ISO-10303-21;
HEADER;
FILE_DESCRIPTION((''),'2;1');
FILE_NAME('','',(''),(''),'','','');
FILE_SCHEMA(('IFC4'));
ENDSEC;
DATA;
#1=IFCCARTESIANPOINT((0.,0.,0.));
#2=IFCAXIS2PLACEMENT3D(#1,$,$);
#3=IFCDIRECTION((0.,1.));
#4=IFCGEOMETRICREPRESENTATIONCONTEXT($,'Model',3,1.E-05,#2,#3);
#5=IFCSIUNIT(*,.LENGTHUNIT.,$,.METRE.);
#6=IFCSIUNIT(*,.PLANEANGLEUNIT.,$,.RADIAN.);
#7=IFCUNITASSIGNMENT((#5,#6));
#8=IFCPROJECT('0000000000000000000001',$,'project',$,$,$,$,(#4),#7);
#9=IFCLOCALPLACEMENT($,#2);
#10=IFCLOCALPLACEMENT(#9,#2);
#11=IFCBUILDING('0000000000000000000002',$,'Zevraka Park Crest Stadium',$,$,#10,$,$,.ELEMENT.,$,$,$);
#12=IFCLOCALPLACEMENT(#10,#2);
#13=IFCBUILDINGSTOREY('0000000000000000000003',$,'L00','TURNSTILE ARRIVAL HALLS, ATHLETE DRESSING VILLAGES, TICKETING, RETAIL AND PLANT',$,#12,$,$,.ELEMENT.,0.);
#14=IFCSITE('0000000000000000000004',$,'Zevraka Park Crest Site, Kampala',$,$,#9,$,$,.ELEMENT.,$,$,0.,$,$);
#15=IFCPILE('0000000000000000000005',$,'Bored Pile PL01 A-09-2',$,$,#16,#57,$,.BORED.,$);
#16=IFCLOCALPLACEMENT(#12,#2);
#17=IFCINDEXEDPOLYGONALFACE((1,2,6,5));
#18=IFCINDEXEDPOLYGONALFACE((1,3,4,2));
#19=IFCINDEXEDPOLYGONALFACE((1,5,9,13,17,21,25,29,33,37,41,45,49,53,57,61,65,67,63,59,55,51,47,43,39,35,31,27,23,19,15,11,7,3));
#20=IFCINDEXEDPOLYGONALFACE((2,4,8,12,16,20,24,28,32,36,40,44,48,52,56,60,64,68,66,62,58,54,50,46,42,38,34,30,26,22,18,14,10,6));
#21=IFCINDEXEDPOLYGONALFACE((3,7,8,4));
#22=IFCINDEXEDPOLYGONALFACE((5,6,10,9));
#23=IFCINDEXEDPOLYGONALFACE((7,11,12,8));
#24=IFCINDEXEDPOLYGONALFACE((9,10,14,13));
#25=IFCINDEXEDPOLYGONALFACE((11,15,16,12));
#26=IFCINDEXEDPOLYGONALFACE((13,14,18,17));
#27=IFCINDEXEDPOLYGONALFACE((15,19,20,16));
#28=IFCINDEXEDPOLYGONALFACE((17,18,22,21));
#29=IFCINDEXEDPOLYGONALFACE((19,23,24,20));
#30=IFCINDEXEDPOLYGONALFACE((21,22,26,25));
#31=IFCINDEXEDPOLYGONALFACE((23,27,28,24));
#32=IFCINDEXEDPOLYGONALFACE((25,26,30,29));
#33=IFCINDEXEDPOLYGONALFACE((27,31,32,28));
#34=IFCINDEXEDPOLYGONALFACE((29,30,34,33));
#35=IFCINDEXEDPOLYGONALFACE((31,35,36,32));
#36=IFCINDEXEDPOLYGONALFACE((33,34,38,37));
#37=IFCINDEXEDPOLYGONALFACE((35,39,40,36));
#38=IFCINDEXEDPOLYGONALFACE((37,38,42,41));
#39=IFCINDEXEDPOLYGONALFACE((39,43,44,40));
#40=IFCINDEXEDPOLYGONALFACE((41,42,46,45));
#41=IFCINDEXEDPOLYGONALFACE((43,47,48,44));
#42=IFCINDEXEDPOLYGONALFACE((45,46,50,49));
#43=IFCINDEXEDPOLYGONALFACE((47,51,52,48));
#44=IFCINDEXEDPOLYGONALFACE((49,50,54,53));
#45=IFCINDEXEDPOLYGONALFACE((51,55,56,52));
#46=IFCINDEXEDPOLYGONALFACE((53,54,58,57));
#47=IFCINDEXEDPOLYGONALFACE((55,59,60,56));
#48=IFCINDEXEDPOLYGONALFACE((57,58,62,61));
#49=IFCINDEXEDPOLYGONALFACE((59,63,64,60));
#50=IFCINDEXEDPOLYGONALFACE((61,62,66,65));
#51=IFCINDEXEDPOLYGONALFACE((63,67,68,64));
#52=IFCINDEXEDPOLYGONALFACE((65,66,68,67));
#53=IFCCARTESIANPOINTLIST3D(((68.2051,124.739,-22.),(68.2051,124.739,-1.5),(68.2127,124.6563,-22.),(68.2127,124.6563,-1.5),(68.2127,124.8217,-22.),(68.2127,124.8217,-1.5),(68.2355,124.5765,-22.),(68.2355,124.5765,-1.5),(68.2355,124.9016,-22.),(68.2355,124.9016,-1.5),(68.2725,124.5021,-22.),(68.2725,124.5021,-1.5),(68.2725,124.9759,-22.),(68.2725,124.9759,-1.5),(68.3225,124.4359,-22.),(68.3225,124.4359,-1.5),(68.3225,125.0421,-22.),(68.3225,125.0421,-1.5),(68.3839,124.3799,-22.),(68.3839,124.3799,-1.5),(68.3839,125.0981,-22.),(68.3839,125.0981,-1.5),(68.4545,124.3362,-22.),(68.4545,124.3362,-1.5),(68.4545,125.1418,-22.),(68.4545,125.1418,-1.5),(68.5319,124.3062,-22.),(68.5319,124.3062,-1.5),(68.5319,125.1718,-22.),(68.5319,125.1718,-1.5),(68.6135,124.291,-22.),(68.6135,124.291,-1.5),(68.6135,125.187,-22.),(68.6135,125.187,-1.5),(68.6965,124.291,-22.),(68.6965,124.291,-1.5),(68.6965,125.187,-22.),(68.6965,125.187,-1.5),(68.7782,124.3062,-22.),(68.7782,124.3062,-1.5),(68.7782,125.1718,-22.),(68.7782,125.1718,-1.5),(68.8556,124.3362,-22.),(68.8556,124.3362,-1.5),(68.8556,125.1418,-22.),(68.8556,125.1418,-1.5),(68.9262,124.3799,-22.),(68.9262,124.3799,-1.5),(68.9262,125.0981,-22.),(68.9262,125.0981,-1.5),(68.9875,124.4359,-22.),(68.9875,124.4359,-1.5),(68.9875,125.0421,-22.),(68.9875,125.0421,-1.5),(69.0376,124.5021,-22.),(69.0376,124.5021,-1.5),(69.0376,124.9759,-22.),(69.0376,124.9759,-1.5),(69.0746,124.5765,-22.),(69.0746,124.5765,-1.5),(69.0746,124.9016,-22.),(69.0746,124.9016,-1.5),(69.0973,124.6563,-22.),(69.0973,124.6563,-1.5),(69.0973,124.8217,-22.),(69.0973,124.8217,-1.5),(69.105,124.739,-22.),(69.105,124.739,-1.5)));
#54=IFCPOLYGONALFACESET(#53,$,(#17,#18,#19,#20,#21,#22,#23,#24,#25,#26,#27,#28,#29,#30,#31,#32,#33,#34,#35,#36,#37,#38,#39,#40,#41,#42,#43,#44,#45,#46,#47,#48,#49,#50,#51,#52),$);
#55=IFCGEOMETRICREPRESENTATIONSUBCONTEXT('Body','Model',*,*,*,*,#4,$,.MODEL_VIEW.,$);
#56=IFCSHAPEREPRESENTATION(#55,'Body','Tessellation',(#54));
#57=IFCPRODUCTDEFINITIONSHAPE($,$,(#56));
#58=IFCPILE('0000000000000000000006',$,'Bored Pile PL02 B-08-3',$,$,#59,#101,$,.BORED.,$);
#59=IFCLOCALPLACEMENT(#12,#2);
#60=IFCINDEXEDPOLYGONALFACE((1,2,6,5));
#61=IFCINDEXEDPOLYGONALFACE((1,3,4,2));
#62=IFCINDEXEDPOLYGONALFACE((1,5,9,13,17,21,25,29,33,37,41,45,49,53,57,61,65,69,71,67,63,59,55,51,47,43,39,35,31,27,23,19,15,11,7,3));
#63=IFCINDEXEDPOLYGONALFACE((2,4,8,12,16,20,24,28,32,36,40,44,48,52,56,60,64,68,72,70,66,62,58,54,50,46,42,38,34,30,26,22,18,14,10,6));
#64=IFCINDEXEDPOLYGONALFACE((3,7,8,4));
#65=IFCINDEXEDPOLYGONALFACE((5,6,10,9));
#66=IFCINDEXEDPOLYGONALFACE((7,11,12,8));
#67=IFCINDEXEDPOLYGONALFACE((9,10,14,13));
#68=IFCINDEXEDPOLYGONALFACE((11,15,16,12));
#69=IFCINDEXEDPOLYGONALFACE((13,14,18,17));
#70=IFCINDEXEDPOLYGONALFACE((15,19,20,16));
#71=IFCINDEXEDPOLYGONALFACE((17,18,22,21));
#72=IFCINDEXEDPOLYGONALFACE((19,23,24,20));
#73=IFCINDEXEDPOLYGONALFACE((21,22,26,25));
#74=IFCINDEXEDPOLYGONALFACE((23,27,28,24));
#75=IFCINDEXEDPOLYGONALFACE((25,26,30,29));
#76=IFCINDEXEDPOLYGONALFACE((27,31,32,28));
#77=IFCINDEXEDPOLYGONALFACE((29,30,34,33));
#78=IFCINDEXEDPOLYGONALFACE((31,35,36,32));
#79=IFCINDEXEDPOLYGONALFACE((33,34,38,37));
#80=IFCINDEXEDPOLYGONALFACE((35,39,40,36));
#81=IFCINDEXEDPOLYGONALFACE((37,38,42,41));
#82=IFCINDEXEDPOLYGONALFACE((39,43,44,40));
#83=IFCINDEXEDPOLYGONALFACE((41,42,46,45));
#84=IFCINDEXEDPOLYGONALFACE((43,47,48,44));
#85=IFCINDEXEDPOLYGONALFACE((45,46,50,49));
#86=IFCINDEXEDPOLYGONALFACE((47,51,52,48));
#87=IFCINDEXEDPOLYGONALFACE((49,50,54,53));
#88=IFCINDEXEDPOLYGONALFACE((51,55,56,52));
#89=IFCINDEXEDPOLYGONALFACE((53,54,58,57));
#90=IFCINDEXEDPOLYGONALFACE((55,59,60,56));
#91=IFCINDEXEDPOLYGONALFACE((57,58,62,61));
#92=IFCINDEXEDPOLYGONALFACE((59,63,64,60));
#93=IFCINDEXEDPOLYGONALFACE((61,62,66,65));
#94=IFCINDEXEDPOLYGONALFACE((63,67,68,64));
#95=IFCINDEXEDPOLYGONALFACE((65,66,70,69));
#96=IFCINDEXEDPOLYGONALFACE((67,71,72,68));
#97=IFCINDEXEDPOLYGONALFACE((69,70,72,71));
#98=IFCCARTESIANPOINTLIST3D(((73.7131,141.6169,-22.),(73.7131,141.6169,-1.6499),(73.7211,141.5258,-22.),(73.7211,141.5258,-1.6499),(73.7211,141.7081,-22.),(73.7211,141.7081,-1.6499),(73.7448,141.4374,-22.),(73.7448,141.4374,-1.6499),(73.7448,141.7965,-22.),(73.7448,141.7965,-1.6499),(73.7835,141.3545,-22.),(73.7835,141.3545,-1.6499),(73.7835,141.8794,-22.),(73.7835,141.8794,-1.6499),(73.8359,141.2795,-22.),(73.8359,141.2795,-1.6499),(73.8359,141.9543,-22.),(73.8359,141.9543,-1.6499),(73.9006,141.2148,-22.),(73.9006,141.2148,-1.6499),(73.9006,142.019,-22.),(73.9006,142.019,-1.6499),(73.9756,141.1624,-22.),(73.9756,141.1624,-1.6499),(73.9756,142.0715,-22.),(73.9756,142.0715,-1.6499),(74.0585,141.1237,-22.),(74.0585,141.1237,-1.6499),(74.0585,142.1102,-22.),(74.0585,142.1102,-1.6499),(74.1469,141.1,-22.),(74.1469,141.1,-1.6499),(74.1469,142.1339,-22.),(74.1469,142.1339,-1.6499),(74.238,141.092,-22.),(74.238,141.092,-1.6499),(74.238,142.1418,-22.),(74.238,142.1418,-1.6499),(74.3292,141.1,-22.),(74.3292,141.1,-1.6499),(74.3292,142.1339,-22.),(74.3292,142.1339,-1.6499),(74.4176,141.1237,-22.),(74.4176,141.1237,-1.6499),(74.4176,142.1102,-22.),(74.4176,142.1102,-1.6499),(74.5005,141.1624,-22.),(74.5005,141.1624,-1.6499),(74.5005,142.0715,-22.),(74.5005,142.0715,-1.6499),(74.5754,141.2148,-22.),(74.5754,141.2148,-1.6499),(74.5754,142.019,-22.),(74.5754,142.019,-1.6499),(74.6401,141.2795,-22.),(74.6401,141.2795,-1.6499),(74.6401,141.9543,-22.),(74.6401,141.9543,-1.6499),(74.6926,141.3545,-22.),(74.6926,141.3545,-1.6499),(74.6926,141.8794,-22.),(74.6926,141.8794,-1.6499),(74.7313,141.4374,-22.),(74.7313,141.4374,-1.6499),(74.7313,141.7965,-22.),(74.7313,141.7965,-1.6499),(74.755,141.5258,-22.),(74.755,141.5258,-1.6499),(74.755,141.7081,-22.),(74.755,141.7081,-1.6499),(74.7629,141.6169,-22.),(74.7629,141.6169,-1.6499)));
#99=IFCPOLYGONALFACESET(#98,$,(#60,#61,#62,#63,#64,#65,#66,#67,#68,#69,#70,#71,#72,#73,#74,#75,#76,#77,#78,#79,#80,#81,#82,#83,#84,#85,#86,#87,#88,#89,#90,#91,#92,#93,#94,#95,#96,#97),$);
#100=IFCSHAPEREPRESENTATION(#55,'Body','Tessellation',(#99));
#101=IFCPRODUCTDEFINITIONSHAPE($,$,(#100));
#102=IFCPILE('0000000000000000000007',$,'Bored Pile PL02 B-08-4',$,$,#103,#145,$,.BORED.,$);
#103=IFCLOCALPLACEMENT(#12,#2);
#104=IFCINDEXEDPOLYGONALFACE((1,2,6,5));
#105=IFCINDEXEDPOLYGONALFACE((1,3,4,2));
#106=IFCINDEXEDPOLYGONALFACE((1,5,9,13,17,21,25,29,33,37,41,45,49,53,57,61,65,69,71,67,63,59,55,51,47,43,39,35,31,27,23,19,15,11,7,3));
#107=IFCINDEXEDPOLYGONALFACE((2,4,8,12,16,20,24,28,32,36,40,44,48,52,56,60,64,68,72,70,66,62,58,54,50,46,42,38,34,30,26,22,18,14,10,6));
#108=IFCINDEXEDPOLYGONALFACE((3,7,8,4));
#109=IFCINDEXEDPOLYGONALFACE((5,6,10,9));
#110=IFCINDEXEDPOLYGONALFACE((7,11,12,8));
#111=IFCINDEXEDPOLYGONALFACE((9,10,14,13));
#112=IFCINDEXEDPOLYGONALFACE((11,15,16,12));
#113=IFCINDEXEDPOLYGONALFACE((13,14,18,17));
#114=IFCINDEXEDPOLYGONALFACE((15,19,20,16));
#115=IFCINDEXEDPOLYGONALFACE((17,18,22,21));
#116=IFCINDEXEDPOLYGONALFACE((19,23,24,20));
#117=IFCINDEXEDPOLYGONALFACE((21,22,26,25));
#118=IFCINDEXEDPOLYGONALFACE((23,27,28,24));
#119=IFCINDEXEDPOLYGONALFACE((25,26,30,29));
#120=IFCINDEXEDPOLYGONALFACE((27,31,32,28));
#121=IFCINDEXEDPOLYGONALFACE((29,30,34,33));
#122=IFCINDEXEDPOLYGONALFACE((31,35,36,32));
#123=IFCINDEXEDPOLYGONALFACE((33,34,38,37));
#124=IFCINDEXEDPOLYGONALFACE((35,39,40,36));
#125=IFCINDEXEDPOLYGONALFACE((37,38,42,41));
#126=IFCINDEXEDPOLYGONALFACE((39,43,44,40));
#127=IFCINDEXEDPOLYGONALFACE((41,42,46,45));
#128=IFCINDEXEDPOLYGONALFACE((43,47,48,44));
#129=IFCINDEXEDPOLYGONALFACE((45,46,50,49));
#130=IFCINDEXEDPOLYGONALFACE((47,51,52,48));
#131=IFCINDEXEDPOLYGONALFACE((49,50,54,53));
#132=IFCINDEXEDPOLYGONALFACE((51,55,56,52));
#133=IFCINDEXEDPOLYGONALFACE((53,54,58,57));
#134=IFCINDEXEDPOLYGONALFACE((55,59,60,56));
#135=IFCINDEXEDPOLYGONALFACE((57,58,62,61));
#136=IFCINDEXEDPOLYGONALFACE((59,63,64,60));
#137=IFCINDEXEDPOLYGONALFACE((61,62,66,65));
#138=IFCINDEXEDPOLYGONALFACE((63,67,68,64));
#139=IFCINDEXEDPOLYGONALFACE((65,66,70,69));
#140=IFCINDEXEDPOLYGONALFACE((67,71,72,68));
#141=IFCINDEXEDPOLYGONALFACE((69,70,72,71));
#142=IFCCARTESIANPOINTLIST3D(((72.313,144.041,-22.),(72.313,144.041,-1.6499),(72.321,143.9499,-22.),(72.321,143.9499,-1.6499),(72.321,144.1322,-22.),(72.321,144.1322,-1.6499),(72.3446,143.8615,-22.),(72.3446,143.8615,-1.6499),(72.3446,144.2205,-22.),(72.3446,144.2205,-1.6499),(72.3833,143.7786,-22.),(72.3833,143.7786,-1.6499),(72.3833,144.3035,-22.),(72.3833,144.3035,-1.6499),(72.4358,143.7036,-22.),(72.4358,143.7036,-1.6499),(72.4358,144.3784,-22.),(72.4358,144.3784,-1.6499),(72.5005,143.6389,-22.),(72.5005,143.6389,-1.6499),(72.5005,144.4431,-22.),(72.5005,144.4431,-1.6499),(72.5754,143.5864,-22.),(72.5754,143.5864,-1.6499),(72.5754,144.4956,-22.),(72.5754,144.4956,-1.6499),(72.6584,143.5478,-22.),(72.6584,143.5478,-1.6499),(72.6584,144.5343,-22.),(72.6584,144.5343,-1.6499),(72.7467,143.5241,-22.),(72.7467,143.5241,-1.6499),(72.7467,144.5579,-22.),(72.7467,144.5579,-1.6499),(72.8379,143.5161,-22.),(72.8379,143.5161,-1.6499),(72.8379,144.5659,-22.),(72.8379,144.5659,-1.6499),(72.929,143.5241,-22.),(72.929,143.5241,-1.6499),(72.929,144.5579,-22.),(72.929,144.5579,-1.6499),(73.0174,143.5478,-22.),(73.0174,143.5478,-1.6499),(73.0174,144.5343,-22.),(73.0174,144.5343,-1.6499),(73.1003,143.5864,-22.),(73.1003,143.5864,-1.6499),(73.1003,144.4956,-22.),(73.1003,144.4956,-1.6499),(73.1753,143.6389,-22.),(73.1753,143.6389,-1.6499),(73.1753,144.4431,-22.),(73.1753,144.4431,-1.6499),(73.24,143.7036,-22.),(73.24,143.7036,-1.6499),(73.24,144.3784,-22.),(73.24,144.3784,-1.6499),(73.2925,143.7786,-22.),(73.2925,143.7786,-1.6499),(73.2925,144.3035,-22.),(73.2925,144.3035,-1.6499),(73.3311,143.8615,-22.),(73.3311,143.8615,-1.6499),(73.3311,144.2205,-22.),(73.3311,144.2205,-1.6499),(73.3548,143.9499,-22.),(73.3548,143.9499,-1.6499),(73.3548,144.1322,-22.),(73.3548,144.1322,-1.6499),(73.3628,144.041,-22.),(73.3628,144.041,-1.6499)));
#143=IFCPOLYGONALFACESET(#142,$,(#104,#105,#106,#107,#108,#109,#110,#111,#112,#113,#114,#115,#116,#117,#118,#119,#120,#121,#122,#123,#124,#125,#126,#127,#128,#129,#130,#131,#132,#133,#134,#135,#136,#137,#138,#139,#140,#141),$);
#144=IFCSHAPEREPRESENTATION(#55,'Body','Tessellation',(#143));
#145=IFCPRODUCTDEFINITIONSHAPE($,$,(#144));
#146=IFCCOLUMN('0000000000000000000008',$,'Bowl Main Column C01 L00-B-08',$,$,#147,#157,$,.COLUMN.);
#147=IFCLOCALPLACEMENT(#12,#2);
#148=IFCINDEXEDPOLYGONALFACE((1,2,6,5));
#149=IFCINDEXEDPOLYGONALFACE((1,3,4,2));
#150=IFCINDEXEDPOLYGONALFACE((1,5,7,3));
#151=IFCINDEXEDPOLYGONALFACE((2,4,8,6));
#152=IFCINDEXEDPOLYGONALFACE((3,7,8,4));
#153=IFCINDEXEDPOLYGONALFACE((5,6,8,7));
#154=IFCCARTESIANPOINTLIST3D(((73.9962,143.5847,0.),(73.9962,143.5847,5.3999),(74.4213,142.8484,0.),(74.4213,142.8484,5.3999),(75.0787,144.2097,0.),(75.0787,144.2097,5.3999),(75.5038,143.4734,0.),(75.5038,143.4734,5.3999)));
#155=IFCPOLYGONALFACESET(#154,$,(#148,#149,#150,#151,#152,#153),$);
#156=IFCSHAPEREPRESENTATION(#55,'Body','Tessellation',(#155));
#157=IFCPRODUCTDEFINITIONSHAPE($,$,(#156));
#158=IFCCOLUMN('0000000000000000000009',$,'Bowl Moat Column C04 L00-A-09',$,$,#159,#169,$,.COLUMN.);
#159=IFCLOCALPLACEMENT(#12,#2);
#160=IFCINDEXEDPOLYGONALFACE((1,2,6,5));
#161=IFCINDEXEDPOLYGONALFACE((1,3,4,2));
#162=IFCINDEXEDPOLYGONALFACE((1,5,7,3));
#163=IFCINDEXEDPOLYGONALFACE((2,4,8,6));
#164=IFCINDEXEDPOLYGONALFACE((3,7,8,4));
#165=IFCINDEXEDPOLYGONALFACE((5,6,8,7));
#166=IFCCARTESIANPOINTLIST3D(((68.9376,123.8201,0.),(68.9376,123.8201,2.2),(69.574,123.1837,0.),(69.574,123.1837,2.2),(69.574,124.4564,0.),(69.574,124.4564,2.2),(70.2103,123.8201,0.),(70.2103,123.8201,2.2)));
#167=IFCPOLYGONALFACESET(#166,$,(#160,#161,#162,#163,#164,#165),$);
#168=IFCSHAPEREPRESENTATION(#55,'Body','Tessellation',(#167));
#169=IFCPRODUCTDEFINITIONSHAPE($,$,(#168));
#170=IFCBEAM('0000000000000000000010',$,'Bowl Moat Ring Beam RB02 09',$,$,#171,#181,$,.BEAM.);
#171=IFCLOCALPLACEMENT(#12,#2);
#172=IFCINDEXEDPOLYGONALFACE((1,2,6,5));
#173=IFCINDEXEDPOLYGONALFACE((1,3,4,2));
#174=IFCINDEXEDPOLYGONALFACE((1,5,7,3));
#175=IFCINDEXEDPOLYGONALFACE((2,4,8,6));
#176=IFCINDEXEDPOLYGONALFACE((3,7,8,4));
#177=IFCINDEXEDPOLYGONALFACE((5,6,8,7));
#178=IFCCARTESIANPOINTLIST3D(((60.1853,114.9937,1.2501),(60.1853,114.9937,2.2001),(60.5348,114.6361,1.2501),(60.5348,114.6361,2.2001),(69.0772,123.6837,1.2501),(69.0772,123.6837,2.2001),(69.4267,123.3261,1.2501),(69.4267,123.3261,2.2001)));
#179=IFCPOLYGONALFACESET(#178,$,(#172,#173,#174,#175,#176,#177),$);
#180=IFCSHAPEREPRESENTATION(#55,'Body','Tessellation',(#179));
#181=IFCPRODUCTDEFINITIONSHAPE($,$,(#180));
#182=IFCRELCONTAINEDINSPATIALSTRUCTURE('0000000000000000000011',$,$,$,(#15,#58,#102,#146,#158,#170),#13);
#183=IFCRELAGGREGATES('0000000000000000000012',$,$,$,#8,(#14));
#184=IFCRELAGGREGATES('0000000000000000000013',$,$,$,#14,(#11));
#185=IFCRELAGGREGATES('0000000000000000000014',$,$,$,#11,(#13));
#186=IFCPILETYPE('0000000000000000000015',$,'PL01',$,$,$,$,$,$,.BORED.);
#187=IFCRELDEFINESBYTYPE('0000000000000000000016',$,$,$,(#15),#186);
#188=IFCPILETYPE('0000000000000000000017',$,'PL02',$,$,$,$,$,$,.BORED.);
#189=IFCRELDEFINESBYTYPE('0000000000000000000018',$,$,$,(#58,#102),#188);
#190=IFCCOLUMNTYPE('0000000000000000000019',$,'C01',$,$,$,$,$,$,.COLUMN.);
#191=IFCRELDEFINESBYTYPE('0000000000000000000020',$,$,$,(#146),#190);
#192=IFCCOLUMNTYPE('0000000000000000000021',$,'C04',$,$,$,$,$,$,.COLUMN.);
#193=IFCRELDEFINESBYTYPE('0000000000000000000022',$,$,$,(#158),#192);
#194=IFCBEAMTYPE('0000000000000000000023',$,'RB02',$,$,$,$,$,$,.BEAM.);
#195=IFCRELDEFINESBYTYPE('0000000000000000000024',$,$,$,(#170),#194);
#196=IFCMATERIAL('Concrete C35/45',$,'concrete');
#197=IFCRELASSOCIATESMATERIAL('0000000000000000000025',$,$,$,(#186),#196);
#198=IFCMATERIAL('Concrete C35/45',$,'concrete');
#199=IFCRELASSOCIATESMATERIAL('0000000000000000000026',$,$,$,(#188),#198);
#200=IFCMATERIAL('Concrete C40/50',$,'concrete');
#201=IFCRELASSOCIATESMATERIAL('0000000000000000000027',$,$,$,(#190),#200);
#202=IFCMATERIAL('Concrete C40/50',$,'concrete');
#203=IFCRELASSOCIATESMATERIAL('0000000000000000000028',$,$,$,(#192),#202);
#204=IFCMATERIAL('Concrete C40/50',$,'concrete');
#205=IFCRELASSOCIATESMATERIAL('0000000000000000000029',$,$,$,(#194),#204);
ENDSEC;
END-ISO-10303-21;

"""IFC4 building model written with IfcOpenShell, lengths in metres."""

from ifc_helpers import new_model, si_unit, direction, frame, origin, origin_2d, place, context, subcontext, project, spatial, rectangle, circle, extrude, material, material_profile, profile_set, type_object, element, save


model = new_model("IFC4")

# Units and contexts
model_context = context("Model", 3, precision=1e-05, world=origin(), true_north=direction((0.0, 1.0)))
body_context = subcontext(model_context, "Body", "Model", "MODEL_VIEW")
ifc_project = project(units=[si_unit("LENGTHUNIT", "METRE"), si_unit("PLANEANGLEUNIT", "RADIAN")], contexts=[model_context])

# Site, building, storey
site_placement = place(None, origin())
site = spatial("IfcSite", under=ifc_project, at=site_placement, Name="Zevraka Park Crest Site, Kampala", CompositionType="ELEMENT", RefElevation=0.0)
building_placement = place(site_placement, origin())
building = spatial("IfcBuilding", under=site, at=building_placement, Name="Zevraka Park Crest Stadium", CompositionType="ELEMENT")
storey_placement = place(building_placement, origin())
storey = spatial("IfcBuildingStorey", under=building, at=storey_placement, Name="L00", Description="TURNSTILE ARRIVAL HALLS, ATHLETE DRESSING VILLAGES, TICKETING, RETAIL AND PLANT", CompositionType="ELEMENT", Elevation=0.0)

# Piles
ifc_material_1 = material(Name="Concrete C35/45", Category="concrete")
ifc_material_profile_1 = material_profile(ifc_material_1, circle(Radius=0.45, at=origin_2d()), Name="PILE D900")
ifc_profile_set_1 = profile_set([ifc_material_profile_1], Name="Concrete C35/45")
pile_type_1 = type_object("IfcPileType", Name="PL01", PredefinedType="BORED", material=ifc_profile_set_1)
for number, where, z_axis, x_axis, name in (
    (1, (68.655, 124.739, -1.5), (0.0, 0.0, -1.0), (1.0, 0.0, 0.0), "Bored Pile PL01 A-09-2"),
):
    element("IfcPile", number, at=place(storey_placement, frame(where, z_axis=z_axis, x_axis=x_axis)), inside=storey, type_object=pile_type_1, Name=name, PredefinedType="BORED", context=body_context, shape_type="SweptSolid", body=[
        extrude(circle(Radius=0.45, at=origin_2d()), origin(), (0.0, 0.0, 1.0), 20.5),
    ])
ifc_material_2 = material(Name="Concrete C35/45", Category="concrete")
ifc_material_profile_2 = material_profile(ifc_material_2, circle(Radius=0.5249, at=origin_2d()), Name="PILE D1050")
ifc_profile_set_2 = profile_set([ifc_material_profile_2], Name="Concrete C35/45")
pile_type_2 = type_object("IfcPileType", Name="PL02", PredefinedType="BORED", material=ifc_profile_set_2)
for number, where, z_axis, x_axis, name in (
    (2, (74.238, 141.6169, -1.6499), (0.0, 0.0, -1.0), (1.0, 0.0, 0.0), "Bored Pile PL02 B-08-3"),
    (3, (72.8379, 144.041, -1.6499), (0.0, 0.0, -1.0), (1.0, 0.0, 0.0), "Bored Pile PL02 B-08-4"),
):
    element("IfcPile", number, at=place(storey_placement, frame(where, z_axis=z_axis, x_axis=x_axis)), inside=storey, type_object=pile_type_2, Name=name, PredefinedType="BORED", context=body_context, shape_type="SweptSolid", body=[
        extrude(circle(Radius=0.5249, at=origin_2d()), origin(), (0.0, 0.0, 1.0), 20.3501),
    ])

# Columns
ifc_material_3 = material(Name="Concrete C40/50", Category="concrete")
ifc_material_profile_3 = material_profile(ifc_material_3, rectangle(XDim=0.8501, YDim=1.25, at=origin_2d()), Name="RC 1250x850")
ifc_profile_set_3 = profile_set([ifc_material_profile_3], Name="Concrete C40/50")
column_type_1 = type_object("IfcColumnType", Name="C01", PredefinedType="COLUMN", material=ifc_profile_set_3)
column_1_placement = place(storey_placement, frame((74.75, 143.5291, 0.0), z_axis=(0.0, 0.0, 1.0), x_axis=(-0.5, 0.866025, 0.0)))
element("IfcColumn", 4, at=column_1_placement, inside=storey, type_object=column_type_1, Name="Bowl Main Column C01 L00-B-08", PredefinedType="COLUMN", context=body_context, shape_type="SweptSolid", body=[
    extrude(rectangle(XDim=0.8501, YDim=1.25, at=origin_2d()), origin(), (0.0, 0.0, 1.0), 5.3999),
])
ifc_material_4 = material(Name="Concrete C40/50", Category="concrete")
ifc_material_profile_4 = material_profile(ifc_material_4, rectangle(XDim=0.8999, YDim=0.8999, at=origin_2d()), Name="RC 900x900")
ifc_profile_set_4 = profile_set([ifc_material_profile_4], Name="Concrete C40/50")
column_type_2 = type_object("IfcColumnType", Name="C04", PredefinedType="COLUMN", material=ifc_profile_set_4)
column_2_placement = place(storey_placement, frame((69.574, 123.8201, 0.0), z_axis=(0.0, 0.0, 1.0), x_axis=(-0.707107, 0.707107, 0.0)))
element("IfcColumn", 5, at=column_2_placement, inside=storey, type_object=column_type_2, Name="Bowl Moat Column C04 L00-A-09", PredefinedType="COLUMN", context=body_context, shape_type="SweptSolid", body=[
    extrude(rectangle(XDim=0.8999, YDim=0.8999, at=origin_2d()), origin(), (0.0, 0.0, 1.0), 2.2),
])

# Beam
ifc_material_5 = material(Name="Concrete C40/50", Category="concrete")
ifc_material_profile_5 = material_profile(ifc_material_5, rectangle(XDim=0.5, YDim=0.95, at=origin_2d()), Name="RC 950x500")
ifc_profile_set_5 = profile_set([ifc_material_profile_5], Name="Concrete C40/50")
beam_type_1 = type_object("IfcBeamType", Name="RB02", PredefinedType="BEAM", material=ifc_profile_set_5)
beam_1_placement = place(storey_placement, frame((69.252, 123.5049, 1.7251), z_axis=(-0.71518, -0.69894, 0.0), x_axis=(0.69894, -0.71518, 0.0)))
element("IfcBeam", 6, at=beam_1_placement, inside=storey, type_object=beam_type_1, Name="Bowl Moat Ring Beam RB02 09", PredefinedType="BEAM", context=body_context, shape_type="SweptSolid", body=[
    extrude(rectangle(XDim=0.5, YDim=0.95, at=origin_2d()), origin(), (0.0, 0.0, 1.0), 12.4331),
])

save(model, "model.ifc")
